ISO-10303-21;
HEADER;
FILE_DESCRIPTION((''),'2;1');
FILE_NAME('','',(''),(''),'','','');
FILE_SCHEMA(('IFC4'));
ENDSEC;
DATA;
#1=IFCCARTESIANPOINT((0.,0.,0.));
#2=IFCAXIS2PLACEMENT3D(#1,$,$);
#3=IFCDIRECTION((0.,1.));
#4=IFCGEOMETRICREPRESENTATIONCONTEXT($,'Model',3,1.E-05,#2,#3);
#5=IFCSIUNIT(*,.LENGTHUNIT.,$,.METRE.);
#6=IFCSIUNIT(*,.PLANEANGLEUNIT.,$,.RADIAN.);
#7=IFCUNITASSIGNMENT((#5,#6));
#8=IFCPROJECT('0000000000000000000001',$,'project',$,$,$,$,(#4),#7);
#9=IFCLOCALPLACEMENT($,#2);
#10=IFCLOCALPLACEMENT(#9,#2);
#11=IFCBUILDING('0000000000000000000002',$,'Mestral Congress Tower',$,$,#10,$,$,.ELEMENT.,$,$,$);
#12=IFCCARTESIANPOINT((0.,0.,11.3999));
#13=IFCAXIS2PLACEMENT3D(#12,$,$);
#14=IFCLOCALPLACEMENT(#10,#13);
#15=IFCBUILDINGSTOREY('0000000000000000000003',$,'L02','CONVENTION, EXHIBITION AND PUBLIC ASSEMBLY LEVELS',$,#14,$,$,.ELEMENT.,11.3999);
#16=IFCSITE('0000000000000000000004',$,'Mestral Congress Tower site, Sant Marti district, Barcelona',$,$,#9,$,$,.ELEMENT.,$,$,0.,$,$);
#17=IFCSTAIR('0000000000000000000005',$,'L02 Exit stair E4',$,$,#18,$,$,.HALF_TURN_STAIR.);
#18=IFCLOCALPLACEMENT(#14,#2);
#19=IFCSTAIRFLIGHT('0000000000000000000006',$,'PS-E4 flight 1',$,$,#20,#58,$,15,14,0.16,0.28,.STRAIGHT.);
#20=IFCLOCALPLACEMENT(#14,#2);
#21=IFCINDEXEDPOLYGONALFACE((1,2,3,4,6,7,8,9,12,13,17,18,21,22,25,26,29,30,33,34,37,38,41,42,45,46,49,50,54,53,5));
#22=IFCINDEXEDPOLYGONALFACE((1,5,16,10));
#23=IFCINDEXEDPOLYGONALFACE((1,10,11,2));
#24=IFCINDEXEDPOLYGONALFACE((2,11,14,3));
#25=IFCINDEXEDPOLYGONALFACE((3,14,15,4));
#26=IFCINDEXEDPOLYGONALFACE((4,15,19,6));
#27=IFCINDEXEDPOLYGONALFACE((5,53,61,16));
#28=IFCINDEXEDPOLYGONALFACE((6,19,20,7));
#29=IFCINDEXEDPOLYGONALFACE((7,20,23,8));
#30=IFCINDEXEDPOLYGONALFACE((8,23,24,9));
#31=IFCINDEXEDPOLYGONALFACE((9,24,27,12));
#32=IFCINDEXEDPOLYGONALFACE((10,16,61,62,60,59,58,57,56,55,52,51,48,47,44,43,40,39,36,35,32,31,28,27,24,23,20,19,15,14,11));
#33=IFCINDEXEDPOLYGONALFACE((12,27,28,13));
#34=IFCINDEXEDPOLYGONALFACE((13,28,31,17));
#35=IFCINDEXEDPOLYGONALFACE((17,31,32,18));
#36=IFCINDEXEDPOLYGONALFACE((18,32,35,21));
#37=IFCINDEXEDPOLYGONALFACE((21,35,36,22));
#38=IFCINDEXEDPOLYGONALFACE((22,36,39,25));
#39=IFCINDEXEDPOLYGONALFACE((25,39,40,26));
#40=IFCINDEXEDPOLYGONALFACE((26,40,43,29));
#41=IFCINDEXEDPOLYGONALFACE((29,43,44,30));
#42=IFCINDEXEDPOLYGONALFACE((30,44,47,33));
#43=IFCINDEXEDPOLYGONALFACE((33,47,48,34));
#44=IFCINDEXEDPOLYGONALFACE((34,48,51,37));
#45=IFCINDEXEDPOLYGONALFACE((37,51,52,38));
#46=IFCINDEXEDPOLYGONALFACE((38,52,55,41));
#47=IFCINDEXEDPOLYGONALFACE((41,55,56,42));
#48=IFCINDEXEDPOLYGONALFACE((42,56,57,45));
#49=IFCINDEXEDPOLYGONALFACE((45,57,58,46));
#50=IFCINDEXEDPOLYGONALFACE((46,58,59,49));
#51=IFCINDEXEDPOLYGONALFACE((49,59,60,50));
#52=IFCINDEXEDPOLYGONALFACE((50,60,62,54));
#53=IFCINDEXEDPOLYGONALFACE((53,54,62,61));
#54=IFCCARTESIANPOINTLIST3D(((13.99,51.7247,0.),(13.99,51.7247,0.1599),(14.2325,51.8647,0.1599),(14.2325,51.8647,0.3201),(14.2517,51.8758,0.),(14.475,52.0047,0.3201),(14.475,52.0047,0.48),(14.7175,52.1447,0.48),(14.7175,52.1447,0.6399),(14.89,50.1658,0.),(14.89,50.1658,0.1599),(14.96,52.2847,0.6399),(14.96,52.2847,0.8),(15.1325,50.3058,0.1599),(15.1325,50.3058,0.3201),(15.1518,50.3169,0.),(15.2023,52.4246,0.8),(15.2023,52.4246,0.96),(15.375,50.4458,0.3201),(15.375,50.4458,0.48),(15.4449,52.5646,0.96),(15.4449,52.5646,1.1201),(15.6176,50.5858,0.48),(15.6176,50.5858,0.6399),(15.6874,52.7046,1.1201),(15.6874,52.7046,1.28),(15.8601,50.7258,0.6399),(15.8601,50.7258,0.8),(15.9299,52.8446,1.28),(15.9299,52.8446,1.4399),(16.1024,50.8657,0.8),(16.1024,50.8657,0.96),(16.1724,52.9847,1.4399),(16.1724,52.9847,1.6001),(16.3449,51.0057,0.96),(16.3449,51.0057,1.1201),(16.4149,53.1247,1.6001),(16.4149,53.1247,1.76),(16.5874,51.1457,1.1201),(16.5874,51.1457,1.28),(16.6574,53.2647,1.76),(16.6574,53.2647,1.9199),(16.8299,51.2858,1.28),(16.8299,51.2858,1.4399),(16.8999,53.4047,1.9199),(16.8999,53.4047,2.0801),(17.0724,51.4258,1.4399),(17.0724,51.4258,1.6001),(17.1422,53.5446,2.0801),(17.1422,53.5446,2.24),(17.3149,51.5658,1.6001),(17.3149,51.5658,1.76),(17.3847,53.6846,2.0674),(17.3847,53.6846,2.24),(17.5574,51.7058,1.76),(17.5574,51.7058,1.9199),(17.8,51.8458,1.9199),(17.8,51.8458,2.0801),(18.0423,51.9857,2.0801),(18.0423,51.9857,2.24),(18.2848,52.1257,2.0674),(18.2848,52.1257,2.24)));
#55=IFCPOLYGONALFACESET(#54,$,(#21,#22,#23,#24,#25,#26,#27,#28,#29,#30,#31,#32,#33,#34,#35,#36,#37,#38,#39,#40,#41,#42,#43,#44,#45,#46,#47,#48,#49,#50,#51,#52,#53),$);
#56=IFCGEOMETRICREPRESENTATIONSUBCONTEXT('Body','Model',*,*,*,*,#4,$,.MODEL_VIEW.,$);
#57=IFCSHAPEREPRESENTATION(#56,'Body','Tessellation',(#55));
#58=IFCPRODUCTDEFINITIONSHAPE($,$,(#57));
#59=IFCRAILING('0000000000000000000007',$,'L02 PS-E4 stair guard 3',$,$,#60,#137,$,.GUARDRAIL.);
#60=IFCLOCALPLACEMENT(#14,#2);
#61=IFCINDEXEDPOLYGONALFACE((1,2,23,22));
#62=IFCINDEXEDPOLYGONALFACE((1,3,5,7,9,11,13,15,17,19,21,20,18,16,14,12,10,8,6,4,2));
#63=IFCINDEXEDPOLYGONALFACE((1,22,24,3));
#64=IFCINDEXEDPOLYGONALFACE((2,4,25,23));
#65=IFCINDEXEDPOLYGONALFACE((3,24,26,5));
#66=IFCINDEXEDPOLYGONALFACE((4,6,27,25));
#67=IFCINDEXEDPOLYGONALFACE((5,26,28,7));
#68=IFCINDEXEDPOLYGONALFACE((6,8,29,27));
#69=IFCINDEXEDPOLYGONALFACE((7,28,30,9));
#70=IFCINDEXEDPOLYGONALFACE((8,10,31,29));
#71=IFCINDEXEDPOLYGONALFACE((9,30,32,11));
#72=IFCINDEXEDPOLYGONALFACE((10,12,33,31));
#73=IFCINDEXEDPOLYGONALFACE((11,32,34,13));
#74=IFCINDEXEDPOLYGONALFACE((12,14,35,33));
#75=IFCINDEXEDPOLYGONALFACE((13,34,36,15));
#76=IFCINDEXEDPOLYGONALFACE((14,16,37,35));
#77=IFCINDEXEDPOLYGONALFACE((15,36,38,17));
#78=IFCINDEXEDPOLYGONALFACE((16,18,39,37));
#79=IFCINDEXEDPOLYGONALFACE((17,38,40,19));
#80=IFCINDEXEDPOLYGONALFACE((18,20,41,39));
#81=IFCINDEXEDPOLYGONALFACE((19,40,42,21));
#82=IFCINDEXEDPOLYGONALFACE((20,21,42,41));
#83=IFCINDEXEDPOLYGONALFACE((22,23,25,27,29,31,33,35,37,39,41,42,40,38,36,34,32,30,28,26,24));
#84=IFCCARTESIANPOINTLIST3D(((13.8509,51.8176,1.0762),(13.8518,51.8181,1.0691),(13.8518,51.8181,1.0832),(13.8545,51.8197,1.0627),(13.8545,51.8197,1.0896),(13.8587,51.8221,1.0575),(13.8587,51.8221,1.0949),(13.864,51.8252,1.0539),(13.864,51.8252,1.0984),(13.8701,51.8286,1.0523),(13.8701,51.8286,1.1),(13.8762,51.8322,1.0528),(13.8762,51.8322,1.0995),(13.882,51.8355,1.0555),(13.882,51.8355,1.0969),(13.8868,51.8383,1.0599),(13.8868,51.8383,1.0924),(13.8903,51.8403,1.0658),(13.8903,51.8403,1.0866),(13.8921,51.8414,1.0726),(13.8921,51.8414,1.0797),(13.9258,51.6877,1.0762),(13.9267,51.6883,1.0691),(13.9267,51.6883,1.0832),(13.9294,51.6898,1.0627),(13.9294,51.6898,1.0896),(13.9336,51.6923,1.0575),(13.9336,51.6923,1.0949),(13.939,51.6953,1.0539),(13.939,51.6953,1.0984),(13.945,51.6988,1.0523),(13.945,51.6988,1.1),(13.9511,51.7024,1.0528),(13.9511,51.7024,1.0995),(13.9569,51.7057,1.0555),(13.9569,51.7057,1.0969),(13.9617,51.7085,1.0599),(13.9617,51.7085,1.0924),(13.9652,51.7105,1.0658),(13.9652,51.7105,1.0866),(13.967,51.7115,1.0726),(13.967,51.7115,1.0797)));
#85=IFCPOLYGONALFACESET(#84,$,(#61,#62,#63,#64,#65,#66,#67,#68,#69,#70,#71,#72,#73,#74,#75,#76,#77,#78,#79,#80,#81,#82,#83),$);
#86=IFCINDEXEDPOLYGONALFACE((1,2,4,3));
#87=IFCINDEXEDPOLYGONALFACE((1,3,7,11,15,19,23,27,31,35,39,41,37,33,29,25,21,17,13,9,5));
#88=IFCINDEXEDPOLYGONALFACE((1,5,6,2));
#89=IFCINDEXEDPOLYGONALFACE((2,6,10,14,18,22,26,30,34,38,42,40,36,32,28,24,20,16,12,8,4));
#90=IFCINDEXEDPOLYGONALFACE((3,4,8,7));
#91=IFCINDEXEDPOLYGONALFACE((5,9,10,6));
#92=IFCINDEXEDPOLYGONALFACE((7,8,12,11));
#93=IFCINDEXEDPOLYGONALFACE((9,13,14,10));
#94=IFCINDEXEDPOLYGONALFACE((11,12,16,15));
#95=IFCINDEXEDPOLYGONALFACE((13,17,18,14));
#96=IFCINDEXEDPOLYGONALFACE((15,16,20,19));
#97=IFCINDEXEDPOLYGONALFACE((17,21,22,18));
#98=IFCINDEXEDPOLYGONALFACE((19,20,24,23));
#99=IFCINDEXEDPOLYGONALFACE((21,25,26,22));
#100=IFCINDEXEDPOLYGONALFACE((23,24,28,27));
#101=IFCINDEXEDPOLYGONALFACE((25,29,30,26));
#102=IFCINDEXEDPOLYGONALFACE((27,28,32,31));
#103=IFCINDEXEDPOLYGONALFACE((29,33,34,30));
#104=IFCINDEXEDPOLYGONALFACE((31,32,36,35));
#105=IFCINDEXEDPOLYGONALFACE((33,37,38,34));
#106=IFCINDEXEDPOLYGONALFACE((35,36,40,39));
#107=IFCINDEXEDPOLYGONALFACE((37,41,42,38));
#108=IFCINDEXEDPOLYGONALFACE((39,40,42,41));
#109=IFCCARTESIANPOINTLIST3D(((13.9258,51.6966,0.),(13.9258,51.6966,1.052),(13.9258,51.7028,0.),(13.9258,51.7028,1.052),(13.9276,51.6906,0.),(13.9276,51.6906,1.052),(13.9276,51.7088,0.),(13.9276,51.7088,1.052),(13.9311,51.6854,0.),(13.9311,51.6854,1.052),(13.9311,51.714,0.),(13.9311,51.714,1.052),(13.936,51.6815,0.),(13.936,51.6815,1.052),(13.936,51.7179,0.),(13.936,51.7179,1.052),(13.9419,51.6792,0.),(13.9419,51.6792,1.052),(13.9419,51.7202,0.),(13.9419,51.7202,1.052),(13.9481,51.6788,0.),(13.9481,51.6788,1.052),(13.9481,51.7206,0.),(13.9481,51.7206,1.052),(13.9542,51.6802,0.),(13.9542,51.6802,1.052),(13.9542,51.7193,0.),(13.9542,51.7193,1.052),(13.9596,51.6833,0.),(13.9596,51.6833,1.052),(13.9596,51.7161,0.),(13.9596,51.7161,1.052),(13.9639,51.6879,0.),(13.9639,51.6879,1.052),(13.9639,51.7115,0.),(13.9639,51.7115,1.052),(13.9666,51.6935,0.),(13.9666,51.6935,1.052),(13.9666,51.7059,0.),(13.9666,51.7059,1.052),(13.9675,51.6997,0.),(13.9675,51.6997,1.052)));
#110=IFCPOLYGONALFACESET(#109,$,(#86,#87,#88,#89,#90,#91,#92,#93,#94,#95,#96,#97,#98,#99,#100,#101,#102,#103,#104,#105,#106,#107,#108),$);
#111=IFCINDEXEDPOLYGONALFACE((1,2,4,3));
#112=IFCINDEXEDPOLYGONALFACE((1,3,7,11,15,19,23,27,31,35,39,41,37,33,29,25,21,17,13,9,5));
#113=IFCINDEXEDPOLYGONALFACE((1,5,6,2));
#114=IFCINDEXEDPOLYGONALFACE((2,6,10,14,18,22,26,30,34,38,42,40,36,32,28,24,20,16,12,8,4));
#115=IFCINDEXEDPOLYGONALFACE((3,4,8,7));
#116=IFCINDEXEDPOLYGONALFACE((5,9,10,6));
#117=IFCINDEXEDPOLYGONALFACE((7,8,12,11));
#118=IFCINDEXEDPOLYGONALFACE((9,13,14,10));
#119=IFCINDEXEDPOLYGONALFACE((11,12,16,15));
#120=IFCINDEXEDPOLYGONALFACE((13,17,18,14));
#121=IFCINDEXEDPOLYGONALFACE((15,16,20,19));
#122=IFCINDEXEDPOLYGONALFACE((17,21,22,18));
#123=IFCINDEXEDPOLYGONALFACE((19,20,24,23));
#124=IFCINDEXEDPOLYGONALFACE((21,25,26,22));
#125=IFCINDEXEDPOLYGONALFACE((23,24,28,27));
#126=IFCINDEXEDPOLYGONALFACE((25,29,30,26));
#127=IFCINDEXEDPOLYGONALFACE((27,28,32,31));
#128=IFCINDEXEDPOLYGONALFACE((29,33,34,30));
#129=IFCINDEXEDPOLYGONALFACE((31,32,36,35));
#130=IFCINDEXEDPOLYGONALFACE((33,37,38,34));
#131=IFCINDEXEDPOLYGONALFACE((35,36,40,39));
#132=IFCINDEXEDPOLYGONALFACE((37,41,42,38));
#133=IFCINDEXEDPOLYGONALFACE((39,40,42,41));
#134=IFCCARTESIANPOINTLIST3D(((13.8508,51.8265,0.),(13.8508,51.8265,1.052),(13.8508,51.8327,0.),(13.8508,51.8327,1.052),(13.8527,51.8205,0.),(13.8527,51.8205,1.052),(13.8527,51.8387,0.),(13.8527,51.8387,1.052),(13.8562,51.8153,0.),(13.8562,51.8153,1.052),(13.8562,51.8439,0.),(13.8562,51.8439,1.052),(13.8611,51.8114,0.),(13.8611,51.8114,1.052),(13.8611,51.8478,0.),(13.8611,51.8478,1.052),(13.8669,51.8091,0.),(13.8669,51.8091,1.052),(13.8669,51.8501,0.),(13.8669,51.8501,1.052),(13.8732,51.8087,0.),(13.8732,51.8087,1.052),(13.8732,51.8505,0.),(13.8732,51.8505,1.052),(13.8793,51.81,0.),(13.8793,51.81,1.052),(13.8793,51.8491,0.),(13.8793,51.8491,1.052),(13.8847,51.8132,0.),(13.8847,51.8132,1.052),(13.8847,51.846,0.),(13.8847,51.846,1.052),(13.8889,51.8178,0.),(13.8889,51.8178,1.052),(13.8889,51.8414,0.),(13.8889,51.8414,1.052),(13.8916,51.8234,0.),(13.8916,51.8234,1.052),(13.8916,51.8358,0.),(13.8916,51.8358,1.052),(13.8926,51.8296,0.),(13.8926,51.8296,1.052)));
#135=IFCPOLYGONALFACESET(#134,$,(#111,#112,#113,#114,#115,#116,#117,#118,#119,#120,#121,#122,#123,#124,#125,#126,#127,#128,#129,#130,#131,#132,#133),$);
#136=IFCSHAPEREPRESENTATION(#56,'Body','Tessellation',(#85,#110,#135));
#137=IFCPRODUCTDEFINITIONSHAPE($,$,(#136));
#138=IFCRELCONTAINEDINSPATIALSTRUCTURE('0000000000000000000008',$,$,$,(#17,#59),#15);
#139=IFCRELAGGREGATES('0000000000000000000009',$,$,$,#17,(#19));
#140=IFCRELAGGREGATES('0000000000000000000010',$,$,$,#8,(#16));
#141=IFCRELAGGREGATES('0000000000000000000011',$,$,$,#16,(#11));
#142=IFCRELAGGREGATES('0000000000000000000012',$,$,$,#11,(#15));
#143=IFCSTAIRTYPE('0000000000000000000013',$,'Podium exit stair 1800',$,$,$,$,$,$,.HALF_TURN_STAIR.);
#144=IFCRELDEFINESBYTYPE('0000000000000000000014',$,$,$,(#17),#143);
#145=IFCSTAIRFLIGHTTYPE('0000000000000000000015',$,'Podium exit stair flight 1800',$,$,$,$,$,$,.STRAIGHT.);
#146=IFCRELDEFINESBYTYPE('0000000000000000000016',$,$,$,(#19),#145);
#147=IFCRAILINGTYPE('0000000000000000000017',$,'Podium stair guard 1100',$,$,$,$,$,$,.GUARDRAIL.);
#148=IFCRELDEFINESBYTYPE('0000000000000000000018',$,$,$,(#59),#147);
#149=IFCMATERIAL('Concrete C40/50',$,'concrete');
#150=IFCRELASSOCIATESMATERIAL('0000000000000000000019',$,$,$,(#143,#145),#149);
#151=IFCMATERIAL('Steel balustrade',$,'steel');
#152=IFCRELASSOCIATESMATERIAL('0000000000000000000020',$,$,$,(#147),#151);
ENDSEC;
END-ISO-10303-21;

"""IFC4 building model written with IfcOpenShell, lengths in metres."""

from ifc_helpers import new_model, si_unit, direction, frame, origin, origin_2d, place, context, subcontext, project, spatial, polyline, circle, outline, extrude, material, type_object, element, aggregate, save


model = new_model("IFC4")

# Units and contexts
model_context = context("Model", 3, precision=1e-05, world=origin(), true_north=direction((0.0, 1.0)))
body_context = subcontext(model_context, "Body", "Model", "MODEL_VIEW")
ifc_project = project(units=[si_unit("LENGTHUNIT", "METRE"), si_unit("PLANEANGLEUNIT", "RADIAN")], contexts=[model_context])

# Site, building, storey
site_placement = place(None, origin())
site = spatial("IfcSite", under=ifc_project, at=site_placement, Name="Mestral Congress Tower site, Sant Marti district, Barcelona", CompositionType="ELEMENT", RefElevation=0.0)
building_placement = place(site_placement, origin())
building = spatial("IfcBuilding", under=site, at=building_placement, Name="Mestral Congress Tower", CompositionType="ELEMENT")
storey_placement = place(building_placement, frame((0.0, 0.0, 11.3999)))
storey = spatial("IfcBuildingStorey", under=building, at=storey_placement, Name="L02", Description="CONVENTION, EXHIBITION AND PUBLIC ASSEMBLY LEVELS", CompositionType="ELEMENT", Elevation=11.3999)

# Stair, stair flight
ifc_material_1 = material(Name="Concrete C40/50", Category="concrete")
stair_type = type_object("IfcStairType", Name="Podium exit stair 1800", PredefinedType="HALF_TURN_STAIR", material=ifc_material_1)
stair_placement = place(storey_placement, origin())
stair = element("IfcStair", 1, at=stair_placement, inside=storey, type_object=stair_type, Name="L02 Exit stair E4", PredefinedType="HALF_TURN_STAIR")
stair_flight_type = type_object("IfcStairFlightType", Name="Podium exit stair flight 1800", PredefinedType="STRAIGHT", material=ifc_material_1)
stair_flight_placement = place(storey_placement, frame((14.4399, 50.9453, 0.0), z_axis=(0.0, 0.0, 1.0), x_axis=(0.866025, 0.5, 0.0)))
stair_flight = element("IfcStairFlight", 2, at=stair_flight_placement, type_object=stair_flight_type, Name="PS-E4 flight 1", NumberOfRisers=15, NumberOfTreads=14, PredefinedType="STRAIGHT", RiserHeight=0.16, TreadLength=0.28, context=body_context, shape_type="SweptSolid", body=[
    extrude(outline(polyline([(0.0, 0.0), (0.0, 0.1599), (0.28, 0.1599), (0.28, 0.3201), (0.5601, 0.3201), (0.5601, 0.48), (0.8401, 0.48), (0.8401, 0.6399), (1.1201, 0.6399), (1.1201, 0.8), (1.3999, 0.8), (1.3999, 0.96), (1.6799, 0.96), (1.6799, 1.1201), (1.96, 1.1201), (1.96, 1.28), (2.24, 1.28), (2.24, 1.4399), (2.52, 1.4399), (2.52, 1.6001), (2.8, 1.6001), (2.8, 1.76), (3.0801, 1.76), (3.0801, 1.9199), (3.3601, 1.9199), (3.3601, 2.0801), (3.6399, 2.0801), (3.6399, 2.24), (3.9199, 2.24), (3.9199, 2.3999), (3.9199, 2.0674), (0.3022, 0.0), (0.0, 0.0)])), frame((0.0, 0.8999, 0.0), z_axis=(0.0, -1.0, 0.0), x_axis=(1.0, 0.0, 0.0)), (0.0, 0.0, 1.0), 1.8),
])
aggregate(stair, [stair_flight])

# Railing
ifc_material_2 = material(Name="Steel balustrade", Category="steel")
railing_type = type_object("IfcRailingType", Name="Podium stair guard 1100", PredefinedType="GUARDRAIL", material=ifc_material_2)
railing_1_placement = place(storey_placement, frame((13.9465, 51.6997, 0.0)))
element("IfcRailing", 3, at=railing_1_placement, inside=storey, type_object=railing_type, Name="L02 PS-E4 stair guard 3", PredefinedType="GUARDRAIL", context=body_context, shape_type="SweptSolid", body=[
    extrude(circle(Radius=0.0239, at=origin_2d()), frame((0.0, 0.0, 1.0762), z_axis=(-0.499816, 0.866131, 0.0), x_axis=(-0.866131, -0.499816, 0.0)), (0.0, 0.0, 1.0), 0.1499),
    extrude(circle(Radius=0.021, at=origin_2d()), origin(), (0.0, 0.0, 1.0), 1.052),
    extrude(circle(Radius=0.021, at=origin_2d()), frame((-0.075, 0.1299, 0.0)), (0.0, 0.0, 1.0), 1.052),
])

save(model, "model.ifc")
